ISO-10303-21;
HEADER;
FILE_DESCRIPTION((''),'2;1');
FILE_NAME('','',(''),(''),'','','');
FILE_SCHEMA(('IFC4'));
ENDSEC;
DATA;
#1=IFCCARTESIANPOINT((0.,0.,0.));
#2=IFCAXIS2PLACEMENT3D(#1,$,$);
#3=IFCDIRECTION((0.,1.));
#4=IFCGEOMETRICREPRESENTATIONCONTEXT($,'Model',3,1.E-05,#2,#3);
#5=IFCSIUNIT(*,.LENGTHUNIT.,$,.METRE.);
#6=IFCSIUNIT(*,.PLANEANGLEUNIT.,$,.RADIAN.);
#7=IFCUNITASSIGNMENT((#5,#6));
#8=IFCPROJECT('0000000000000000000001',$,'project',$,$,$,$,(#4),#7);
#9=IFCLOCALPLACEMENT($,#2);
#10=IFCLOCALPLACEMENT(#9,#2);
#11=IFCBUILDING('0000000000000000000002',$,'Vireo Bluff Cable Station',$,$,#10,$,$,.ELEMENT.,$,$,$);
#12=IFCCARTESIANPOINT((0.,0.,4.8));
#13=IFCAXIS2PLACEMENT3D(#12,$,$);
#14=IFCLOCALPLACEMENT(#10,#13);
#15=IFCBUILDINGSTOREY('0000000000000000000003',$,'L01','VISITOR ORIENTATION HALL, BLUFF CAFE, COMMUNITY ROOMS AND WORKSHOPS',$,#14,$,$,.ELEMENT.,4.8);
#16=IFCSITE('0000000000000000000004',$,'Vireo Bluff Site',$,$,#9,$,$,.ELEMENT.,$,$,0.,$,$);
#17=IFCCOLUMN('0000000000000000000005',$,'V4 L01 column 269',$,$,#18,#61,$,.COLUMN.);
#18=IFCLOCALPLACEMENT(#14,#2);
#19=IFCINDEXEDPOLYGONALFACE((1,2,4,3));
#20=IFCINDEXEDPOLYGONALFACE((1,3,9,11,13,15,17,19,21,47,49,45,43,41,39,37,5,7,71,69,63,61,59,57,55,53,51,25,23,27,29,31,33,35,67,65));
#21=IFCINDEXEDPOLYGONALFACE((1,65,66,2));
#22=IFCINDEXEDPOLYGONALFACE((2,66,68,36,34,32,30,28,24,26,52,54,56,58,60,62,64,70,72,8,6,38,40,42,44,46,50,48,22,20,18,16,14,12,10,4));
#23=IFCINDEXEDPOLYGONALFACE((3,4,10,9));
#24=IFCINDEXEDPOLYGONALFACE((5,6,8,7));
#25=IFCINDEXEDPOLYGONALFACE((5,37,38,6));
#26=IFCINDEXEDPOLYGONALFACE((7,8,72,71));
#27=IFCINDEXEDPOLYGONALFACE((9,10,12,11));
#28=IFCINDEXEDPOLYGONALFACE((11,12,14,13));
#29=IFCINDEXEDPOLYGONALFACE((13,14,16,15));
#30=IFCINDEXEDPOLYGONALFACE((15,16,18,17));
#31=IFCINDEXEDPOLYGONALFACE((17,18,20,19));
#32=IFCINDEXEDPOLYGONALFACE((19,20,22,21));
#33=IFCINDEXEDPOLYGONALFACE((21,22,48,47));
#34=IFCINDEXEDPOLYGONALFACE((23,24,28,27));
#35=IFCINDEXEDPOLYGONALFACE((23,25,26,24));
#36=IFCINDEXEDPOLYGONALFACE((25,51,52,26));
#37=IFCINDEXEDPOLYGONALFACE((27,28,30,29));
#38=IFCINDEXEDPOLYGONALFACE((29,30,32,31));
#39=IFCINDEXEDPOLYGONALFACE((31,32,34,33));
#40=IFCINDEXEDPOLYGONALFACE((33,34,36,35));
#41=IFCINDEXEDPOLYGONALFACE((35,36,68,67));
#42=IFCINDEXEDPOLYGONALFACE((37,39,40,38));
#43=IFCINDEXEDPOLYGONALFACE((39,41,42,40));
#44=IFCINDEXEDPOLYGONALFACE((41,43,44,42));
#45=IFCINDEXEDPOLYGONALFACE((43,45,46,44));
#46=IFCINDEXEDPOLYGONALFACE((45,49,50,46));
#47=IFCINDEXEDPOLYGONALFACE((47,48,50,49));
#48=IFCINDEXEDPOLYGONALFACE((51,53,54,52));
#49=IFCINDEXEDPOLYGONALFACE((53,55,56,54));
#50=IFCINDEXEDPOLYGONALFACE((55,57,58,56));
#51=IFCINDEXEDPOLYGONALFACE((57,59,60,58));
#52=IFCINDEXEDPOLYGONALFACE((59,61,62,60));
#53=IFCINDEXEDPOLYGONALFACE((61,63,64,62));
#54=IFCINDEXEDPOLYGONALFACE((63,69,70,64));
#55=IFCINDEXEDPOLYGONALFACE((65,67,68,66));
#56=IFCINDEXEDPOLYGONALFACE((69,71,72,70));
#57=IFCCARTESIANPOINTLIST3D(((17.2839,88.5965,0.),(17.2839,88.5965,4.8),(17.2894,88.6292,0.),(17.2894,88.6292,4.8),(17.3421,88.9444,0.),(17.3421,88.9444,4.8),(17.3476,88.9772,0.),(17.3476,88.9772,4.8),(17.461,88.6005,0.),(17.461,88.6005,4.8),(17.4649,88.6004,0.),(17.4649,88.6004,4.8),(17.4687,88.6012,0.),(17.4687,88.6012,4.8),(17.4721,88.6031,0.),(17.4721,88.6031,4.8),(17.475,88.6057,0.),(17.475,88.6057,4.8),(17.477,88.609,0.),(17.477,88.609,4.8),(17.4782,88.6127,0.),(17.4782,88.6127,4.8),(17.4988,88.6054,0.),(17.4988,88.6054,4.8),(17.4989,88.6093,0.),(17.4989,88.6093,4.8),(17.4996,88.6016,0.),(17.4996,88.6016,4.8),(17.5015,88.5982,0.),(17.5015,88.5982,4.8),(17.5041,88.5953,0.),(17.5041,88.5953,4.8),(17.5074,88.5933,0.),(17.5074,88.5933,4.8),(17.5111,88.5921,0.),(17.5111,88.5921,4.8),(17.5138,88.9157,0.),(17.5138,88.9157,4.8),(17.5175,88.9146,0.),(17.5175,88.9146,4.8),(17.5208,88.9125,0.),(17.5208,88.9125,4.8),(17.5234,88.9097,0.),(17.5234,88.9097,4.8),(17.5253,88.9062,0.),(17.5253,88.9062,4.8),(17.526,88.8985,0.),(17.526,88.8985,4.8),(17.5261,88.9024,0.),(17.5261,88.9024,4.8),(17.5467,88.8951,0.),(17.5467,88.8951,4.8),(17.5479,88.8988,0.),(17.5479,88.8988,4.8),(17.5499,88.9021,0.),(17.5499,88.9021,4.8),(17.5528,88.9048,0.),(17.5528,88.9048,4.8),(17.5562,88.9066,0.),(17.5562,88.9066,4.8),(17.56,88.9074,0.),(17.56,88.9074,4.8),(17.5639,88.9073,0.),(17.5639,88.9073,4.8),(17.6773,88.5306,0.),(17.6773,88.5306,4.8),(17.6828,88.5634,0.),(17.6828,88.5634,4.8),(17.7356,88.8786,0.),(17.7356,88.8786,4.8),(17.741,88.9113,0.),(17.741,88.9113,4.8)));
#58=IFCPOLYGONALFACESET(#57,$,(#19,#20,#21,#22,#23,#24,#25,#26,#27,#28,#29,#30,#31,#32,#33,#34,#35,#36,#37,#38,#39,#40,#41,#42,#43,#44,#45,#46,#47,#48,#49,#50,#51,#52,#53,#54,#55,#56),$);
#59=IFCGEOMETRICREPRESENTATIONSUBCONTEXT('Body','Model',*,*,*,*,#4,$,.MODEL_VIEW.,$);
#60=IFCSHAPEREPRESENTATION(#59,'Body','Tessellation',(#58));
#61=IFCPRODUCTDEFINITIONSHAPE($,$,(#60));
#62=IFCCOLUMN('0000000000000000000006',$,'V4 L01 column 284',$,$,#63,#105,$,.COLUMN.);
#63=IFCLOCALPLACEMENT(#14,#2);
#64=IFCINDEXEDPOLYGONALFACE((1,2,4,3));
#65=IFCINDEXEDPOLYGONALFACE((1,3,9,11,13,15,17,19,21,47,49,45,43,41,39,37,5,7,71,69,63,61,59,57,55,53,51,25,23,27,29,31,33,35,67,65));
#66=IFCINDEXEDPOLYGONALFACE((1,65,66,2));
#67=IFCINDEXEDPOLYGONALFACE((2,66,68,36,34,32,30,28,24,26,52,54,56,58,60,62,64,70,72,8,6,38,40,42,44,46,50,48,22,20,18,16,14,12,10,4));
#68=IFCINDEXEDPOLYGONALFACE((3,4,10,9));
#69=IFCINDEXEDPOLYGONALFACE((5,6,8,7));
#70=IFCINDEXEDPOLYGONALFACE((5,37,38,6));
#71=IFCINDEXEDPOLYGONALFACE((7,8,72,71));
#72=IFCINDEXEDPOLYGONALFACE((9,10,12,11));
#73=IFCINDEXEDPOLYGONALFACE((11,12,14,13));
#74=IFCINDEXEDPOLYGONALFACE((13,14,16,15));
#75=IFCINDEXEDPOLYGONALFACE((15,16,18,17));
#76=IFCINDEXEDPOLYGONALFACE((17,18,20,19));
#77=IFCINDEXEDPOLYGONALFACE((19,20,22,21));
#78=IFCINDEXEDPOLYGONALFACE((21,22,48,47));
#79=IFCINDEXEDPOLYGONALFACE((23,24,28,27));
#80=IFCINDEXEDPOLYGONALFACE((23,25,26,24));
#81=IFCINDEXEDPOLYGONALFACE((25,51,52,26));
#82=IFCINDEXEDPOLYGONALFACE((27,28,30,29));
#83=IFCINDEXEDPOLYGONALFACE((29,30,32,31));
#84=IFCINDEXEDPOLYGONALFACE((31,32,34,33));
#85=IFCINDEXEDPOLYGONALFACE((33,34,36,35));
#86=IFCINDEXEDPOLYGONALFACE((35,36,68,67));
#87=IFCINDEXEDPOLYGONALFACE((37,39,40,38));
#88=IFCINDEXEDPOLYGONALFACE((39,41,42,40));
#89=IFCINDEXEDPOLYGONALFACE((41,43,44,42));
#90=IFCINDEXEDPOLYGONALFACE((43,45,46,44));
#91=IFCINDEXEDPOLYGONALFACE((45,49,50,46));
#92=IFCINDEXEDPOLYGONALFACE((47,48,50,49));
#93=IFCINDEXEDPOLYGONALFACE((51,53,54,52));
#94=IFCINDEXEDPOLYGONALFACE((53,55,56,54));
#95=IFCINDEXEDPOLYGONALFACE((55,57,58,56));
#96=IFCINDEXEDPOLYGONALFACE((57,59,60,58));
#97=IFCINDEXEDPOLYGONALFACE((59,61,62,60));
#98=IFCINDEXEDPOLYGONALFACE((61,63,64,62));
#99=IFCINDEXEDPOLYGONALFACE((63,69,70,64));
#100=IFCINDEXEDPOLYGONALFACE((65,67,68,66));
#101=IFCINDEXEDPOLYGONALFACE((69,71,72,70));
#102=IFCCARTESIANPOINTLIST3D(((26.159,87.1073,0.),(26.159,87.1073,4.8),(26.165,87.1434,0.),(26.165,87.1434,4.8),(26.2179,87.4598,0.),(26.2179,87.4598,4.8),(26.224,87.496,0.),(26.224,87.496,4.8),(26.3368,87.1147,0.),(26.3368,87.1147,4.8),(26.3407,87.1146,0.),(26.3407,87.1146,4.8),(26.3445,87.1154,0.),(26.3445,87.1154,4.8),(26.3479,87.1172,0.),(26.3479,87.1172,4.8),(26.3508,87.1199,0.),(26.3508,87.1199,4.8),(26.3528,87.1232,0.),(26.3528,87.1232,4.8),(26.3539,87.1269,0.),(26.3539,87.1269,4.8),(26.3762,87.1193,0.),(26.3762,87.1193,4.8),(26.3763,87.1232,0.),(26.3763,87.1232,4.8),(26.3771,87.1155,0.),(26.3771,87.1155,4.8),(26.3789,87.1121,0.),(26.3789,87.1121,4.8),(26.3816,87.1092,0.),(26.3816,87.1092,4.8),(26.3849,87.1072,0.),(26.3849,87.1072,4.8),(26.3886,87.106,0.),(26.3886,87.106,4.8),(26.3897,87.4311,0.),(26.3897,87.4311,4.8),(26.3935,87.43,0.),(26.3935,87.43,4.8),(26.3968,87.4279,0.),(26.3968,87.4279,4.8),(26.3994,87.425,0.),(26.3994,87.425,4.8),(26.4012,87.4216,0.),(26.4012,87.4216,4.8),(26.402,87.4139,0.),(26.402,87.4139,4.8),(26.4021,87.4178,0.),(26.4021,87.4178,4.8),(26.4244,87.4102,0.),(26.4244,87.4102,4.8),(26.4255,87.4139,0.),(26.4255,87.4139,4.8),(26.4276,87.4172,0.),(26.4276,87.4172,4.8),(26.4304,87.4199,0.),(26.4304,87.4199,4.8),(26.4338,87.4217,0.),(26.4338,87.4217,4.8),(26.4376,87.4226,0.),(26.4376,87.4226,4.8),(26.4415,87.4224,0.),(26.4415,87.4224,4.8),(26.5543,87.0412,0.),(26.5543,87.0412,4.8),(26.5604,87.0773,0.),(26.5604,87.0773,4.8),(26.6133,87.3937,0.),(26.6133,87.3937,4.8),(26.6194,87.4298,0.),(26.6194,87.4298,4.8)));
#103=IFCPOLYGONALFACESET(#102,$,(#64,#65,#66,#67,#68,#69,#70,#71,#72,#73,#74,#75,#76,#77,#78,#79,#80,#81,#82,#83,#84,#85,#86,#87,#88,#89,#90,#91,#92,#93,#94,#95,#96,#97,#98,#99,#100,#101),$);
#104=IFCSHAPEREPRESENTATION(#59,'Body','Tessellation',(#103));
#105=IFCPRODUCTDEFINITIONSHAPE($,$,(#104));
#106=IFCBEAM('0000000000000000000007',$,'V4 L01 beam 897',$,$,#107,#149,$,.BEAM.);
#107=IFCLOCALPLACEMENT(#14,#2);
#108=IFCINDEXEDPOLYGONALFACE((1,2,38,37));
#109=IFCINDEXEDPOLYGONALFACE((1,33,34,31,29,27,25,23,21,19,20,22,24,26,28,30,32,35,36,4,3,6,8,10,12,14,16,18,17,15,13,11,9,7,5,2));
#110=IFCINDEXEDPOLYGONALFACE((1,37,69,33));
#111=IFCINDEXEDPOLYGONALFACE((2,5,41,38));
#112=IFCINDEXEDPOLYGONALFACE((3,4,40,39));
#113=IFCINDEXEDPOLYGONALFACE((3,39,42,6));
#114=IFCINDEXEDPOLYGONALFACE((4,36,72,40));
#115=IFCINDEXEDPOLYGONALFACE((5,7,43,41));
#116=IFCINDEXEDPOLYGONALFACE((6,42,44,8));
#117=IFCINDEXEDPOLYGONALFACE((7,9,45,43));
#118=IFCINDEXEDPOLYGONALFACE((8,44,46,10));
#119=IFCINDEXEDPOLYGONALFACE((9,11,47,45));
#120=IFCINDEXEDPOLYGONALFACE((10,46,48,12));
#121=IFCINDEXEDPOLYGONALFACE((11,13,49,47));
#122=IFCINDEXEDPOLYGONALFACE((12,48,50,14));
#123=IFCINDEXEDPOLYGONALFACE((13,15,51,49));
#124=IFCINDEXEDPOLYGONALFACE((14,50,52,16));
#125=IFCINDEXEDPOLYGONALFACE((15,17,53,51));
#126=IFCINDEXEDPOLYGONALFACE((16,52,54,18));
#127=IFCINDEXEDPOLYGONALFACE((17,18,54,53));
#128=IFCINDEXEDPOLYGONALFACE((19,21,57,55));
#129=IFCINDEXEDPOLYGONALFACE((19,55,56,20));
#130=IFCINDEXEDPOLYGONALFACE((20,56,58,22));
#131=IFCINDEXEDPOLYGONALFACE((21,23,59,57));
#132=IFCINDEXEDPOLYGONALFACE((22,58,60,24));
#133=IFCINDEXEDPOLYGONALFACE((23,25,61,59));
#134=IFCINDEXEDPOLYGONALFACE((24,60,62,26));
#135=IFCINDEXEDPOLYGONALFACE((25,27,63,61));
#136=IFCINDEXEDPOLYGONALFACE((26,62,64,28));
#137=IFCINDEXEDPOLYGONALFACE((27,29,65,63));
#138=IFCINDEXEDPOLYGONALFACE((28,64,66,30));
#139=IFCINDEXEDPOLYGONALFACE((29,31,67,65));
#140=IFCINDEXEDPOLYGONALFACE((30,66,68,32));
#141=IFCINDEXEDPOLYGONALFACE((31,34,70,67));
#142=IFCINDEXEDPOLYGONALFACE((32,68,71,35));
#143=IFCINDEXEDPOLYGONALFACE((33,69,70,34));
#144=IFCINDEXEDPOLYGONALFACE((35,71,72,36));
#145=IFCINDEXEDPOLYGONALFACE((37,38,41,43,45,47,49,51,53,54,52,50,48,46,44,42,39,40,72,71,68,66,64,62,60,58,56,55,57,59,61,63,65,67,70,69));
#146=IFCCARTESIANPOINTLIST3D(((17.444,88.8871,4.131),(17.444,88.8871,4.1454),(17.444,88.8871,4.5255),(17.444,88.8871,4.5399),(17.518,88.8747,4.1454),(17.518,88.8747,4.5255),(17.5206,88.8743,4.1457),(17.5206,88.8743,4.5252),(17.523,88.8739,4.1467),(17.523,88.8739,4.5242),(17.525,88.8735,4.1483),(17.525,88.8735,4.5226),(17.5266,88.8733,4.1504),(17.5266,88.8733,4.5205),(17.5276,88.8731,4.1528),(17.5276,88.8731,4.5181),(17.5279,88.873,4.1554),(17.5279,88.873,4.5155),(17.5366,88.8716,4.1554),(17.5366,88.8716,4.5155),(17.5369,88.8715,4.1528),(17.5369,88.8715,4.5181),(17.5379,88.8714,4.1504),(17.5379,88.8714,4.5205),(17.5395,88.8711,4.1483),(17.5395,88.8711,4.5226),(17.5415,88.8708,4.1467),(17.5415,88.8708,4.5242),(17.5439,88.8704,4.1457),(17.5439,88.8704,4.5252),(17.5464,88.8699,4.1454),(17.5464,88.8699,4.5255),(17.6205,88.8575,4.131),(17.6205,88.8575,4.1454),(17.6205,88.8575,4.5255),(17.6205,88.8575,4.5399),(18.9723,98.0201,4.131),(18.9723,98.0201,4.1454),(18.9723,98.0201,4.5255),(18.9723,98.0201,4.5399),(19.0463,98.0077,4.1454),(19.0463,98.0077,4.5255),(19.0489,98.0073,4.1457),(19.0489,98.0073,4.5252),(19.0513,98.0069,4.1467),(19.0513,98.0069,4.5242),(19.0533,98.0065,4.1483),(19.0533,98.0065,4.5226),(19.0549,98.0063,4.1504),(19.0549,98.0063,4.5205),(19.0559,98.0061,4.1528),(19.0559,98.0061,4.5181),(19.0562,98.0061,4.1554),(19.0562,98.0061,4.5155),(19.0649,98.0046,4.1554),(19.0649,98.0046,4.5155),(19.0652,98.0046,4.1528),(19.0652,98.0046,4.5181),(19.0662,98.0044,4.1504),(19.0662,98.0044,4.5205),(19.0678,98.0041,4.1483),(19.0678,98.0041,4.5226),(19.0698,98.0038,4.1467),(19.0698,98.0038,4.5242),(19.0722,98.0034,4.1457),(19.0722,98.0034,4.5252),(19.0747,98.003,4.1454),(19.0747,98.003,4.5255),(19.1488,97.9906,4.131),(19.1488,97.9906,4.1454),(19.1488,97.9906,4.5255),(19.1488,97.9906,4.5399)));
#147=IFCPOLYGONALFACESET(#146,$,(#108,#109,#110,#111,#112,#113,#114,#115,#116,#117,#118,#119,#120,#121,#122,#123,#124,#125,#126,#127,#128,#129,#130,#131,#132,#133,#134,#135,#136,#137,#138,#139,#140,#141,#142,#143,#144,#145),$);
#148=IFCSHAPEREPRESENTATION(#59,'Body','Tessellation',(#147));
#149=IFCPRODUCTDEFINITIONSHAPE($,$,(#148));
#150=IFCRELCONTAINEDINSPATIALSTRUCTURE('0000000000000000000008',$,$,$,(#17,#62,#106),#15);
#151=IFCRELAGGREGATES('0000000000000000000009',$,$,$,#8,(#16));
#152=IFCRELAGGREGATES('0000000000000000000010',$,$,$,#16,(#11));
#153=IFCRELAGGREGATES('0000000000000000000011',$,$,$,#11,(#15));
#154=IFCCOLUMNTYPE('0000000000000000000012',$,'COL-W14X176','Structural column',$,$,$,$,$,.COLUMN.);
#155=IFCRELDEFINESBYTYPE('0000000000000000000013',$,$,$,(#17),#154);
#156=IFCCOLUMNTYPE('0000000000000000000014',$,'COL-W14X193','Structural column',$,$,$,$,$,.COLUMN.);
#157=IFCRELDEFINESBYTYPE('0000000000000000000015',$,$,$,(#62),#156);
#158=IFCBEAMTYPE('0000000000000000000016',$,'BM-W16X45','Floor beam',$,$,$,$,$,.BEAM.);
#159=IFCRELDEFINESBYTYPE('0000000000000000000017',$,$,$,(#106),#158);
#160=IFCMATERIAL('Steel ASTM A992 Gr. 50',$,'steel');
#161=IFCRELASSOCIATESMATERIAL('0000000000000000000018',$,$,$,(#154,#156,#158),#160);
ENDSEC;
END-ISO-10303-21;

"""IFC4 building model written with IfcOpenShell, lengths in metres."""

from ifc_helpers import new_model, si_unit, direction, frame, origin, origin_2d, place, context, subcontext, project, spatial, i_section, extrude, material, material_profile, profile_set, type_object, element, save


model = new_model("IFC4")

# Units and contexts
model_context = context("Model", 3, precision=1e-05, world=origin(), true_north=direction((0.0, 1.0)))
body_context = subcontext(model_context, "Body", "Model", "MODEL_VIEW")
ifc_project = project(units=[si_unit("LENGTHUNIT", "METRE"), si_unit("PLANEANGLEUNIT", "RADIAN")], contexts=[model_context])

# Site, building, storey
site_placement = place(None, origin())
site = spatial("IfcSite", under=ifc_project, at=site_placement, Name="Vireo Bluff Site", CompositionType="ELEMENT", RefElevation=0.0)
building_placement = place(site_placement, origin())
building = spatial("IfcBuilding", under=site, at=building_placement, Name="Vireo Bluff Cable Station", CompositionType="ELEMENT")
storey_placement = place(building_placement, frame((0.0, 0.0, 4.8)))
storey = spatial("IfcBuildingStorey", under=building, at=storey_placement, Name="L01", Description="VISITOR ORIENTATION HALL, BLUFF CAFE, COMMUNITY ROOMS AND WORKSHOPS", CompositionType="ELEMENT", Elevation=4.8)

# Columns
ifc_material_1 = material(Name="Steel ASTM A992 Gr. 50", Category="steel")
ifc_material_profile_1 = material_profile(ifc_material_1, i_section(OverallWidth=0.3989, OverallDepth=0.386, WebThickness=0.021, FlangeThickness=0.0332, FilletRadius=0.0149, at=origin_2d()), Name="W14X176")
ifc_profile_set_1 = profile_set([ifc_material_profile_1], Name="Steel ASTM A992 Gr. 50")
column_type_1 = type_object("IfcColumnType", Name="COL-W14X176", Description="Structural column", PredefinedType="COLUMN", material=ifc_profile_set_1)
column_1_placement = place(storey_placement, frame((17.5125, 88.7539, 0.0), z_axis=(0.0, 0.0, 1.0), x_axis=(0.986286, -0.165048, 0.0)))
element("IfcColumn", 1, at=column_1_placement, inside=storey, type_object=column_type_1, Name="V4 L01 column 269", PredefinedType="COLUMN", context=body_context, shape_type="SweptSolid", body=[
    extrude(i_section(OverallWidth=0.3989, OverallDepth=0.386, WebThickness=0.021, FlangeThickness=0.0332, FilletRadius=0.0149, at=origin_2d()), origin(), (0.0, 0.0, 1.0), 4.8),
])
ifc_material_profile_2 = material_profile(ifc_material_1, i_section(OverallWidth=0.4009, OverallDepth=0.394, WebThickness=0.0227, FlangeThickness=0.0366, FilletRadius=0.0149, at=origin_2d()), Name="W14X193")
ifc_profile_set_2 = profile_set([ifc_material_profile_2], Name="Steel ASTM A992 Gr. 50")
column_type_2 = type_object("IfcColumnType", Name="COL-W14X193", Description="Structural column", PredefinedType="COLUMN", material=ifc_profile_set_2)
column_2_placement = place(storey_placement, frame((26.3892, 87.2686, 0.0), z_axis=(0.0, 0.0, 1.0), x_axis=(0.986286, -0.165048, 0.0)))
element("IfcColumn", 2, at=column_2_placement, inside=storey, type_object=column_type_2, Name="V4 L01 column 284", PredefinedType="COLUMN", context=body_context, shape_type="SweptSolid", body=[
    extrude(i_section(OverallWidth=0.4009, OverallDepth=0.394, WebThickness=0.0227, FlangeThickness=0.0366, FilletRadius=0.0149, at=origin_2d()), origin(), (0.0, 0.0, 1.0), 4.8),
])

# Beam
ifc_material_profile_3 = material_profile(ifc_material_1, i_section(OverallWidth=0.179, OverallDepth=0.4089, WebThickness=0.0088, FlangeThickness=0.0144, FilletRadius=0.01, at=origin_2d()), Name="W16X45")
ifc_profile_set_3 = profile_set([ifc_material_profile_3], Name="Steel ASTM A992 Gr. 50")
beam_type_1 = type_object("IfcBeamType", Name="BM-W16X45", Description="Floor beam", PredefinedType="BEAM", material=ifc_profile_set_3)
beam_1_placement = place(storey_placement, frame((17.5322, 88.8723, 4.3354), z_axis=(0.165045, 0.986286, 0.0), x_axis=(-0.986286, 0.165045, 0.0)))
element("IfcBeam", 3, at=beam_1_placement, inside=storey, type_object=beam_type_1, Name="V4 L01 beam 897", PredefinedType="BEAM", context=body_context, shape_type="SweptSolid", body=[
    extrude(i_section(OverallWidth=0.179, OverallDepth=0.4089, WebThickness=0.0088, FlangeThickness=0.0144, FilletRadius=0.01, at=origin_2d()), origin(), (0.0, 0.0, 1.0), 9.26),
])

save(model, "model.ifc")
